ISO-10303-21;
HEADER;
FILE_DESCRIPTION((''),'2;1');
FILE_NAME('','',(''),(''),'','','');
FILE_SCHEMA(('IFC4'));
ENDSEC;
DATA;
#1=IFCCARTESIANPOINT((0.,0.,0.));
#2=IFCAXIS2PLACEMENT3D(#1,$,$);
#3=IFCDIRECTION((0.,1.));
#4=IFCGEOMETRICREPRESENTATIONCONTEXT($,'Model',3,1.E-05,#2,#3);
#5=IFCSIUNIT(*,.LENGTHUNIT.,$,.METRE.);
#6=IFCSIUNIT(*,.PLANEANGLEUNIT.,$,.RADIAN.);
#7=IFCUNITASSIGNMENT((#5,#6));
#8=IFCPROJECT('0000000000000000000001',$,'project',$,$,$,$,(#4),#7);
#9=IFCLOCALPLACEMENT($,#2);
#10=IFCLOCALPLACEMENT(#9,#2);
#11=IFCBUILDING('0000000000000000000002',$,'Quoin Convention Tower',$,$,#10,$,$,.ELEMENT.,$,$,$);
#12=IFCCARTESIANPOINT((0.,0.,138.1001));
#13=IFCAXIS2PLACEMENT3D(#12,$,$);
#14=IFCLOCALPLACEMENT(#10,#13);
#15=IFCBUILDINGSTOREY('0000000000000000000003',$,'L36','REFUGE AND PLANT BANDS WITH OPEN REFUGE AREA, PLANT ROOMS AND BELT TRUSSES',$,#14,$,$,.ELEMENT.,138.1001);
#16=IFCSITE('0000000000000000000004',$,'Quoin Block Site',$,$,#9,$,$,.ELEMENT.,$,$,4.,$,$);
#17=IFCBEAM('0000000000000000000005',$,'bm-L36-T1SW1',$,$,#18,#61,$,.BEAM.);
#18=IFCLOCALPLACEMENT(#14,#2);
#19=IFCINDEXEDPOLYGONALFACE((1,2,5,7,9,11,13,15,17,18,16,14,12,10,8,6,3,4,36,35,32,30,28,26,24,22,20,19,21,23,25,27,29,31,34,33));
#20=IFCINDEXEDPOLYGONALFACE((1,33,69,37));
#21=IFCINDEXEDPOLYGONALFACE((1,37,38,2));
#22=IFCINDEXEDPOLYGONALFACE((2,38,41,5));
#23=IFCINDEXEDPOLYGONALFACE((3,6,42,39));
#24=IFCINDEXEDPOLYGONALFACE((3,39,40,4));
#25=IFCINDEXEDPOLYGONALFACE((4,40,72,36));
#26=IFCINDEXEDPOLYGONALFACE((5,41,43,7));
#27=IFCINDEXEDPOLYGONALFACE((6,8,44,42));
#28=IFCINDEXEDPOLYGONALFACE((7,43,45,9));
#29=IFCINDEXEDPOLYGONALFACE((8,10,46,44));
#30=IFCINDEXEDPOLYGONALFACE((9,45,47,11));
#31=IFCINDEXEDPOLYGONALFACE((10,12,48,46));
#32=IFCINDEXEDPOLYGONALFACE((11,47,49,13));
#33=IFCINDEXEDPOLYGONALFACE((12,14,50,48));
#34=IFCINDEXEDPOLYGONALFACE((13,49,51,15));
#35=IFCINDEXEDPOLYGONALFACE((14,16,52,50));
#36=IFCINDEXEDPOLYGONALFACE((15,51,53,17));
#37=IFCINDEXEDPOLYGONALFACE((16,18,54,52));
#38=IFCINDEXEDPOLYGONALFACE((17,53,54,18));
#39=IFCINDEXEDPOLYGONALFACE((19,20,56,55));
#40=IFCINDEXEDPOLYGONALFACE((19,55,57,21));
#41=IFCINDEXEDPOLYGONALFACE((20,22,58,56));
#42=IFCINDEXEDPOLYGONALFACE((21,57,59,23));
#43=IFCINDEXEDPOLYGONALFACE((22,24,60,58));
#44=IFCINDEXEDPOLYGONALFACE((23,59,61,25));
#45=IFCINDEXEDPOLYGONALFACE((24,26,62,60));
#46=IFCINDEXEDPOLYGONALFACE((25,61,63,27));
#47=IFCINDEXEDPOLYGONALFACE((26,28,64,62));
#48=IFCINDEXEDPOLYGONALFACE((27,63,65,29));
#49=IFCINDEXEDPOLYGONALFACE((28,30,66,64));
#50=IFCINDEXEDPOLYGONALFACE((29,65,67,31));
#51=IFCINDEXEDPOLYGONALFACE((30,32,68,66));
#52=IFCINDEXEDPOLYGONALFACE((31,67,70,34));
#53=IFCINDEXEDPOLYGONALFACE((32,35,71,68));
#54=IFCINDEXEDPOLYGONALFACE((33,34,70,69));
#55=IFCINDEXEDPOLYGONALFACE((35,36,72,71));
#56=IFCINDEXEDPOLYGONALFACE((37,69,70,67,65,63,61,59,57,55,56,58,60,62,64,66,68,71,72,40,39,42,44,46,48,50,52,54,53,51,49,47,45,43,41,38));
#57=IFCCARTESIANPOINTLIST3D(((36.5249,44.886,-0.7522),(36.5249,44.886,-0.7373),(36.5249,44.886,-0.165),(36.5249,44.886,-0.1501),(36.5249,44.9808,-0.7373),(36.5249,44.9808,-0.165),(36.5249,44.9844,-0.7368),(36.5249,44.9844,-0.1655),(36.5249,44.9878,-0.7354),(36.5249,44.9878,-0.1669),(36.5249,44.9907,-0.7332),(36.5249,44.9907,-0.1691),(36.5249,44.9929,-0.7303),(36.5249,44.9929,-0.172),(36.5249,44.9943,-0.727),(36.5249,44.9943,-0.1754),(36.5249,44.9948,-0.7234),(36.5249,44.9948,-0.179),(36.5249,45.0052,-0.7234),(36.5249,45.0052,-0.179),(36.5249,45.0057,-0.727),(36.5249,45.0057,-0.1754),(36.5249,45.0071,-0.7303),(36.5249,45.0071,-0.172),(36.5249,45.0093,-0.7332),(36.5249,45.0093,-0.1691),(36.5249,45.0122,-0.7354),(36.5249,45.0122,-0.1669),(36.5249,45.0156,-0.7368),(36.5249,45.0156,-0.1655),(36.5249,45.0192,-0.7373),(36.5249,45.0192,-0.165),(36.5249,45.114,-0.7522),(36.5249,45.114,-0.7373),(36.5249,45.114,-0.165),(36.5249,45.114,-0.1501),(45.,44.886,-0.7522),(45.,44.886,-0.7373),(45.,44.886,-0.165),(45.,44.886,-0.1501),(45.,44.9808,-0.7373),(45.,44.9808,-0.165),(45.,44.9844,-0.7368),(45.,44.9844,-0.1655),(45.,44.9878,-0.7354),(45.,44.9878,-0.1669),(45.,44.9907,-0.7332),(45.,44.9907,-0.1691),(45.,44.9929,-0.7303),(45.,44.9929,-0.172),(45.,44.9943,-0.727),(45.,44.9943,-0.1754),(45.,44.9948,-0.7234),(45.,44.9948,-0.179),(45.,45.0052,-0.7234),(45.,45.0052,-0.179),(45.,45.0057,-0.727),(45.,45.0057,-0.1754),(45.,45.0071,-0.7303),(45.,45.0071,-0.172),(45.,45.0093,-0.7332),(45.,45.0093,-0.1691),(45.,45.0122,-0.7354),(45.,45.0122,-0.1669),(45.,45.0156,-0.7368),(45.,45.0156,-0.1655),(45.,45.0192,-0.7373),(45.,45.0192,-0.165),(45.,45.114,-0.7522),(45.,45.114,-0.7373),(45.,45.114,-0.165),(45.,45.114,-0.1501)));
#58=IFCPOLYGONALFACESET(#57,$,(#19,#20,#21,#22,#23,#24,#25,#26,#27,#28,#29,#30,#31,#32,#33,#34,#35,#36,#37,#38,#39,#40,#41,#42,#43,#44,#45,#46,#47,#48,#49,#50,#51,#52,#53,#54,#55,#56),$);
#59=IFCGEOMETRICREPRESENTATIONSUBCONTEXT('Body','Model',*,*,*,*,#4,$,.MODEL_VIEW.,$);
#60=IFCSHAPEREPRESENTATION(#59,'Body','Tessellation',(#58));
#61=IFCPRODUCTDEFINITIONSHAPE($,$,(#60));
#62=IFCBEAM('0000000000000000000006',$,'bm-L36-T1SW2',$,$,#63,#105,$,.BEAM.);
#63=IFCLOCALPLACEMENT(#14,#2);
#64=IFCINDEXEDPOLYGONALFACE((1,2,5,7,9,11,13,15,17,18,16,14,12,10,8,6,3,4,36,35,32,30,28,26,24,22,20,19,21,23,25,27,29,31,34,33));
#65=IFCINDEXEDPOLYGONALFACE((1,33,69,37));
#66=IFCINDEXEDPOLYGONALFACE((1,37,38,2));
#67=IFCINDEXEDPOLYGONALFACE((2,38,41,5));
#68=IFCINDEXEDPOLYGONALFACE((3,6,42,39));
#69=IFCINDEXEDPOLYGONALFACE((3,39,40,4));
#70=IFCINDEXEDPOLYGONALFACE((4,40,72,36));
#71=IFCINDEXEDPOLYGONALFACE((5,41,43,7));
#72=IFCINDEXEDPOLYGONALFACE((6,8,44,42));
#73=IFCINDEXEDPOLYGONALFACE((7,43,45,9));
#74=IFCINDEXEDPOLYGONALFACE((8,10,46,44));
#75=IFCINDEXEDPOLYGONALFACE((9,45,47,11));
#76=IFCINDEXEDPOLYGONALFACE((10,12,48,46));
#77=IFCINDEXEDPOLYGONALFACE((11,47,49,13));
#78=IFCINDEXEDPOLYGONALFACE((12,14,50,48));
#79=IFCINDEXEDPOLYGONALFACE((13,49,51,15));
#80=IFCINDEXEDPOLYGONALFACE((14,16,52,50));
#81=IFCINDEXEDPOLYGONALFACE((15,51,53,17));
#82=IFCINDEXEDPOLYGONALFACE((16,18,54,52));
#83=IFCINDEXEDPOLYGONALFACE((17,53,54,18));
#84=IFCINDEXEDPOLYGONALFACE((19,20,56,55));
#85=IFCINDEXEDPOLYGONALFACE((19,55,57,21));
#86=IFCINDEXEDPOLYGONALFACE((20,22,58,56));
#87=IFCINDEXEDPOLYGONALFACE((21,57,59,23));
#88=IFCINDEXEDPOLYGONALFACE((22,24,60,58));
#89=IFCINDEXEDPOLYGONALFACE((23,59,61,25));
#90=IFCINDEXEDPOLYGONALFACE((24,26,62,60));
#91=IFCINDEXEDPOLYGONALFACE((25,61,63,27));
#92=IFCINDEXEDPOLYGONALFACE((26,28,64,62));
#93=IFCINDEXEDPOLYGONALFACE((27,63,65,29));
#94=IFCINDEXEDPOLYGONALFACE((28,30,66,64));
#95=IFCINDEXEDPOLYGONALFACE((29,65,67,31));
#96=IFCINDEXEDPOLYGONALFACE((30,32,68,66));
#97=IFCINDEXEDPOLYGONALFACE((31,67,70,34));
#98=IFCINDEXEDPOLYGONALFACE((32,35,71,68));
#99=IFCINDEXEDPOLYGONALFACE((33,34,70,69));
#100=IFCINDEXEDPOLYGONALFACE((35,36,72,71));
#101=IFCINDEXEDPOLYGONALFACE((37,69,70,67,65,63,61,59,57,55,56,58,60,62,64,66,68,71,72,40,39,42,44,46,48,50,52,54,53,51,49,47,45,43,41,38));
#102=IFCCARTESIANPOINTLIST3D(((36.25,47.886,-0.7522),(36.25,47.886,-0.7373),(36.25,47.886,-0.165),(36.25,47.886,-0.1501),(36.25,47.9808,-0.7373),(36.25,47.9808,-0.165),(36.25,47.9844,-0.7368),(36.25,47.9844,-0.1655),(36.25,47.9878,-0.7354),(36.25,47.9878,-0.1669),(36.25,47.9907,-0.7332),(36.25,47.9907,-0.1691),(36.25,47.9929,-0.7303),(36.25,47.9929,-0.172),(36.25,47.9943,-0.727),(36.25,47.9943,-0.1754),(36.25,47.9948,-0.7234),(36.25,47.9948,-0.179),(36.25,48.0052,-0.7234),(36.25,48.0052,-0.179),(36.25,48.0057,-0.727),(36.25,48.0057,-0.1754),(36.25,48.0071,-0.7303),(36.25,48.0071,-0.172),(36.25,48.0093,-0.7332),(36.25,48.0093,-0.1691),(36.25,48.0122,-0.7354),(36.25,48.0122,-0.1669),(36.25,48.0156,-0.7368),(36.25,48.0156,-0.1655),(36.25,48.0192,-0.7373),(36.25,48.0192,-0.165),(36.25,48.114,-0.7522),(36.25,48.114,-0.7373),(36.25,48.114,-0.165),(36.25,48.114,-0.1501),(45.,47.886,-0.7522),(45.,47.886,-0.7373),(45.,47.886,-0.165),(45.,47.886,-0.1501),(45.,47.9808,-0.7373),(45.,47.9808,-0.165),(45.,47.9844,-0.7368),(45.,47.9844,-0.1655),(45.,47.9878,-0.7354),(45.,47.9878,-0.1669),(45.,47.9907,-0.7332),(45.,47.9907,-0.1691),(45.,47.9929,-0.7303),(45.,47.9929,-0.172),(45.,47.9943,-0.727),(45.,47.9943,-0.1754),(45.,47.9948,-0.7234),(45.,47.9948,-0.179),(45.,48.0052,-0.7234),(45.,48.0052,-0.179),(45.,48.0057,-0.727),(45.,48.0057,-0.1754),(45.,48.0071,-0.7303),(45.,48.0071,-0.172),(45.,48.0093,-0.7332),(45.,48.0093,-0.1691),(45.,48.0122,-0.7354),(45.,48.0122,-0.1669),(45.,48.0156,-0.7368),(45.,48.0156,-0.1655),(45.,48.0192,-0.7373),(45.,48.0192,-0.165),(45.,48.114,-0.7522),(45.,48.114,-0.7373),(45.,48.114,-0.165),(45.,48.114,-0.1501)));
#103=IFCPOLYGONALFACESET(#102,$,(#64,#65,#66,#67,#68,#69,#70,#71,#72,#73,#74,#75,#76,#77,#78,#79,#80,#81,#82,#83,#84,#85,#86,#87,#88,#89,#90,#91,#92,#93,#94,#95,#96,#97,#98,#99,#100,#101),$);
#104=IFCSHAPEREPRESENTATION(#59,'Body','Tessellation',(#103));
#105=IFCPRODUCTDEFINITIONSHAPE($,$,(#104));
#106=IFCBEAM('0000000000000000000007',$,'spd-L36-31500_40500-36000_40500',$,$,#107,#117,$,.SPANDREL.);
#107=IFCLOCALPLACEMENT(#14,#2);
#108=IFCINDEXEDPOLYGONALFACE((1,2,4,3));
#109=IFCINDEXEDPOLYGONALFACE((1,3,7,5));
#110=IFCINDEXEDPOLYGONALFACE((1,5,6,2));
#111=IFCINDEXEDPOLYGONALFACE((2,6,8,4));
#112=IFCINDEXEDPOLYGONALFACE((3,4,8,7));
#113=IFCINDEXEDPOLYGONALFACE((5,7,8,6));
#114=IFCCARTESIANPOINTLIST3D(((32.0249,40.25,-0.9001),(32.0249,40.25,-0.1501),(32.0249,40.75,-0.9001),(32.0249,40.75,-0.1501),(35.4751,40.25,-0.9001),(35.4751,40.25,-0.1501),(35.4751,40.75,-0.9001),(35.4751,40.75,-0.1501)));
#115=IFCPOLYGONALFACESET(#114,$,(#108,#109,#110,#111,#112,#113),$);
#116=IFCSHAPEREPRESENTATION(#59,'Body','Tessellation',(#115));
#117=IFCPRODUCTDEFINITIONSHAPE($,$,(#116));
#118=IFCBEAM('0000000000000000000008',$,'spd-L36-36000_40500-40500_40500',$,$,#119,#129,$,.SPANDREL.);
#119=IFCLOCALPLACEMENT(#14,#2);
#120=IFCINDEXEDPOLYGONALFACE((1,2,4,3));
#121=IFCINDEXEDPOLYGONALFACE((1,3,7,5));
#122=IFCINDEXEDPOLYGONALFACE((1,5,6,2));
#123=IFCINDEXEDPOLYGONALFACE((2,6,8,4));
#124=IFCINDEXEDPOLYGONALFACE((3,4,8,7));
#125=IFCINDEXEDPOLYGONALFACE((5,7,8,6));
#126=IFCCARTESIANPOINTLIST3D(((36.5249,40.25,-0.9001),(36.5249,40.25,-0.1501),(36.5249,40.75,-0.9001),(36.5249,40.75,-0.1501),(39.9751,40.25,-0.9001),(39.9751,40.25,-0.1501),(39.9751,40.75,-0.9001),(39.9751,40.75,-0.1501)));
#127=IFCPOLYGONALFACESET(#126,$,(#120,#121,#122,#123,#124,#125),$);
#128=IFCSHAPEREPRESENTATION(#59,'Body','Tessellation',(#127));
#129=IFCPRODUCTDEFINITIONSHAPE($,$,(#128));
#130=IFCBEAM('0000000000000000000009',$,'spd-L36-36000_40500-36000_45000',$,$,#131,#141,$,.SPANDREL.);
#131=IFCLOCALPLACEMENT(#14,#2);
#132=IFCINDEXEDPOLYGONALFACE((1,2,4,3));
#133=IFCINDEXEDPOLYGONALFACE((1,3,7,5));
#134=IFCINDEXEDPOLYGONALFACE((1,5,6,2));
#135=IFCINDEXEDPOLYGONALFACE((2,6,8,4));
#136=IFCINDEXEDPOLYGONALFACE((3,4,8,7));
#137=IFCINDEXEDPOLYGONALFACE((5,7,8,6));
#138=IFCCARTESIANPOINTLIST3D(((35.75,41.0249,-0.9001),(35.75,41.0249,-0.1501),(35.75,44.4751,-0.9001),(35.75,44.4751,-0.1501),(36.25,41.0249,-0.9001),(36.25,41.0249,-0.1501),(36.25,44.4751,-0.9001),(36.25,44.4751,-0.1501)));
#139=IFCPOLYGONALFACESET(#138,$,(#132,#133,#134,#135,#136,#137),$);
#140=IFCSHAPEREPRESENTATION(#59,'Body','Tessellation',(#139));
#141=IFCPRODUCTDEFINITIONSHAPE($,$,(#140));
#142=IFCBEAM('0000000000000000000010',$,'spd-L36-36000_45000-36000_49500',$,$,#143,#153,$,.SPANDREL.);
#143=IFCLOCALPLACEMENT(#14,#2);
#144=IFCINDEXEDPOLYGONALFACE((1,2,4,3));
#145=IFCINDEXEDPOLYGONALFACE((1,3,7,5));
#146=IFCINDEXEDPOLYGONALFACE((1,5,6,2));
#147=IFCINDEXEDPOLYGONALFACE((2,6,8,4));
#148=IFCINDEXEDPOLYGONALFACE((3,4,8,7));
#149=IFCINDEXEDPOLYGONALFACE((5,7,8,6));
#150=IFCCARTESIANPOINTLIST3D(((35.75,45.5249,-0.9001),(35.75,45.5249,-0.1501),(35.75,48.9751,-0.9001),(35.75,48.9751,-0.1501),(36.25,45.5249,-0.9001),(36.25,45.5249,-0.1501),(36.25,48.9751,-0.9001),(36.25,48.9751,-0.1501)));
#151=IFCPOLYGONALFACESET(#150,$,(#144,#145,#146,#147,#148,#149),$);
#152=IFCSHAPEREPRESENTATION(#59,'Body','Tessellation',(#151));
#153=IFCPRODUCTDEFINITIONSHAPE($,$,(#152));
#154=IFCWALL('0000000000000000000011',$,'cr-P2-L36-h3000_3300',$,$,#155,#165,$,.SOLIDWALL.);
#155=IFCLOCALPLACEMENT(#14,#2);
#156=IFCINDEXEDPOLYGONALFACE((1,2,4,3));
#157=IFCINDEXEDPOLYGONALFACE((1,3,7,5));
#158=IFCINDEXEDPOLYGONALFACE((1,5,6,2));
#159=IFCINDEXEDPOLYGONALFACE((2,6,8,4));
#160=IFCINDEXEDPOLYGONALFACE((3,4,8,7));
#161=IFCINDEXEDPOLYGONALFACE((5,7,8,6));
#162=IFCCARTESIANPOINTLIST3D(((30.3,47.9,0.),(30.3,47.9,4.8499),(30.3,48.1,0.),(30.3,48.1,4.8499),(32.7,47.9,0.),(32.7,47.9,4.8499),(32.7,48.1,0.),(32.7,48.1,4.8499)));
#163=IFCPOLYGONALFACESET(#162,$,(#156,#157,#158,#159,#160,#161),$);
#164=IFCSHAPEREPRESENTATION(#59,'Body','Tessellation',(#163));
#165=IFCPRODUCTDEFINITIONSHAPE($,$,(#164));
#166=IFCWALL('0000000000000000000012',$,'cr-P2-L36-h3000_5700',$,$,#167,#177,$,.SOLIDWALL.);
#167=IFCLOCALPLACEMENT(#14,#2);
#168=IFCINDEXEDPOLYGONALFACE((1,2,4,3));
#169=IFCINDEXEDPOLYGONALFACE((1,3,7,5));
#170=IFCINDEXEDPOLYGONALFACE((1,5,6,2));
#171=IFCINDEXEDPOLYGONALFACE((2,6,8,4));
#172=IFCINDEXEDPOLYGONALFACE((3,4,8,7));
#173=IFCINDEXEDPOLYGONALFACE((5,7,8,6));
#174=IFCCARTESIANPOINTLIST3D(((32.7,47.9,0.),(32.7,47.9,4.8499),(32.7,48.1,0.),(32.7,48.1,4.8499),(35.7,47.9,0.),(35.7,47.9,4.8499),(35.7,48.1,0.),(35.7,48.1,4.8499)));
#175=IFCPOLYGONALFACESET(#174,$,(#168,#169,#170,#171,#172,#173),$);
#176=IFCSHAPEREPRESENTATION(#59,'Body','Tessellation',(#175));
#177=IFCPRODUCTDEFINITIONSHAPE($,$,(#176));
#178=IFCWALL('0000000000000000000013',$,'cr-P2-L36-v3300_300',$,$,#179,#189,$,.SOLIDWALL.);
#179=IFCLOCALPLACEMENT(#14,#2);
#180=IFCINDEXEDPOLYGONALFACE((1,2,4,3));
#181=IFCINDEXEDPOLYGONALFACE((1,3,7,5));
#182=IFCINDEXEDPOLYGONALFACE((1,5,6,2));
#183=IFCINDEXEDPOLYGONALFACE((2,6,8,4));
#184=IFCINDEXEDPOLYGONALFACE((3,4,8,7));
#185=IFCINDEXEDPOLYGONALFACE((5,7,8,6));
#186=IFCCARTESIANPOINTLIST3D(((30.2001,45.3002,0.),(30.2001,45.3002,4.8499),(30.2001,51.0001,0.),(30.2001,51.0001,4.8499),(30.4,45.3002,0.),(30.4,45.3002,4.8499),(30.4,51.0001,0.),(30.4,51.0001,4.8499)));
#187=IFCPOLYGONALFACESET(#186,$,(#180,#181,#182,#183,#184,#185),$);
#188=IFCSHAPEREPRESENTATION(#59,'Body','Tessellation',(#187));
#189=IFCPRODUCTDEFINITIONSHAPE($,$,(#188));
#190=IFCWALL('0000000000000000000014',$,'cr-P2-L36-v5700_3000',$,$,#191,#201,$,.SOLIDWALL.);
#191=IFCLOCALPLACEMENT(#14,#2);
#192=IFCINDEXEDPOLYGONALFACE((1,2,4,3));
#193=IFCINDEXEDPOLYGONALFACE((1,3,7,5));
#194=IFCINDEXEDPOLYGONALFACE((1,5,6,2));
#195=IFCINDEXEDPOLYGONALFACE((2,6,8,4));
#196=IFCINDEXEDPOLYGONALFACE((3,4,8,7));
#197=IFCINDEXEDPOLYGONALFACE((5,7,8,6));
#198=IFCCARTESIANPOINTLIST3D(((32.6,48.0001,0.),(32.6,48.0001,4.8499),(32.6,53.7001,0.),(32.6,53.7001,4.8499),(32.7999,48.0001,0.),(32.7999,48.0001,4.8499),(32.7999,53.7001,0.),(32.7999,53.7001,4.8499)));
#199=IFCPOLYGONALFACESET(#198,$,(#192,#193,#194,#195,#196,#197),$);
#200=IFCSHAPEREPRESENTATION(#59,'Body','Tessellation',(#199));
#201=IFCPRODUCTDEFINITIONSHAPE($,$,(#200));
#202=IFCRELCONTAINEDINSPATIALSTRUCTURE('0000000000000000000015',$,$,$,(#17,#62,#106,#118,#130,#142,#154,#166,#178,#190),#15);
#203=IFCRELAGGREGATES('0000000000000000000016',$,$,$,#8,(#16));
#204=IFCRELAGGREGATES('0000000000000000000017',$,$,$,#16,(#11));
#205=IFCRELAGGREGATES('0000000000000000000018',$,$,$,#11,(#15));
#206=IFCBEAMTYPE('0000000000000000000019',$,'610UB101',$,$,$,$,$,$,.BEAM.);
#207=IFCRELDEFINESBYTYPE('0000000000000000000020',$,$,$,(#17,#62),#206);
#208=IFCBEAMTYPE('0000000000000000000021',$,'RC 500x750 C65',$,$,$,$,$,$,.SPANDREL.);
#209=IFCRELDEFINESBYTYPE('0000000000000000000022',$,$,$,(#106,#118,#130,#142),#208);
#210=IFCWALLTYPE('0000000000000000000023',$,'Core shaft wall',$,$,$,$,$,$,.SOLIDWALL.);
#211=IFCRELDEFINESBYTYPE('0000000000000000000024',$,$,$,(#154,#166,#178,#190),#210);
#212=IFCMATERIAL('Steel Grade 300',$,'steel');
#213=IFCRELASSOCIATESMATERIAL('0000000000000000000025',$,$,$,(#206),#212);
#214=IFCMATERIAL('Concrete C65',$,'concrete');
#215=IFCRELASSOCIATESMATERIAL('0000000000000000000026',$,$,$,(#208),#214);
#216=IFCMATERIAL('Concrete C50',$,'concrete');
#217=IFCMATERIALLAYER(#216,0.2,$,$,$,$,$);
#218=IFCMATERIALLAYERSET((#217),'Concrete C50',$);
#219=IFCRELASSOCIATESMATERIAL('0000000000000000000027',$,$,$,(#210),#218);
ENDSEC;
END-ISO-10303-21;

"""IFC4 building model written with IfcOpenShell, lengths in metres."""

from ifc_helpers import new_model, si_unit, direction, frame, frame_2d, origin, origin_2d, place, context, subcontext, project, spatial, rectangle, i_section, extrude, material, layer, layer_set, material_profile, profile_set, type_object, element, save


model = new_model("IFC4")

# Units and contexts
model_context = context("Model", 3, precision=1e-05, world=origin(), true_north=direction((0.0, 1.0)))
body_context = subcontext(model_context, "Body", "Model", "MODEL_VIEW")
ifc_project = project(units=[si_unit("LENGTHUNIT", "METRE"), si_unit("PLANEANGLEUNIT", "RADIAN")], contexts=[model_context])

# Site, building, storey
site_placement = place(None, origin())
site = spatial("IfcSite", under=ifc_project, at=site_placement, Name="Quoin Block Site", CompositionType="ELEMENT", RefElevation=4.0)
building_placement = place(site_placement, origin())
building = spatial("IfcBuilding", under=site, at=building_placement, Name="Quoin Convention Tower", CompositionType="ELEMENT")
storey_placement = place(building_placement, frame((0.0, 0.0, 138.1001)))
storey = spatial("IfcBuildingStorey", under=building, at=storey_placement, Name="L36", Description="REFUGE AND PLANT BANDS WITH OPEN REFUGE AREA, PLANT ROOMS AND BELT TRUSSES", CompositionType="ELEMENT", Elevation=138.1001)

# Shared definitions
ifc_material_1 = material(Name="Concrete C65", Category="concrete")

# Shared definitions
ifc_material_2 = material(Name="Steel Grade 300", Category="steel")

# Beams
ifc_material_profile_1 = material_profile(ifc_material_2, i_section(OverallWidth=0.228, OverallDepth=0.6021, WebThickness=0.0105, FlangeThickness=0.0149, FilletRadius=0.0139, at=origin_2d()), Name="610UB101")
ifc_profile_set_1 = profile_set([ifc_material_profile_1], Name="Steel Grade 300")
beam_type_1 = type_object("IfcBeamType", Name="610UB101", PredefinedType="BEAM", material=ifc_profile_set_1)
beam_1_placement = place(storey_placement, frame((36.5249, 45.0, -0.4512), z_axis=(1.0, 0.0, 0.0), x_axis=(0.0, 1.0, 0.0)))
element("IfcBeam", 1, at=beam_1_placement, inside=storey, type_object=beam_type_1, Name="bm-L36-T1SW1", PredefinedType="BEAM", context=body_context, shape_type="SweptSolid", body=[
    extrude(i_section(OverallWidth=0.228, OverallDepth=0.6021, WebThickness=0.0105, FlangeThickness=0.0149, FilletRadius=0.0139, at=origin_2d()), origin(), (0.0, 0.0, 1.0), 8.4751),
])
beam_2_placement = place(storey_placement, frame((36.25, 48.0, -0.4512), z_axis=(1.0, 0.0, 0.0), x_axis=(0.0, 1.0, 0.0)))
element("IfcBeam", 2, at=beam_2_placement, inside=storey, type_object=beam_type_1, Name="bm-L36-T1SW2", PredefinedType="BEAM", context=body_context, shape_type="SweptSolid", body=[
    extrude(i_section(OverallWidth=0.228, OverallDepth=0.6021, WebThickness=0.0105, FlangeThickness=0.0149, FilletRadius=0.0139, at=origin_2d()), origin(), (0.0, 0.0, 1.0), 8.75),
])
ifc_material_profile_2 = material_profile(ifc_material_1, rectangle(XDim=0.5, YDim=0.75, at=origin_2d()), Name="RC 500x750")
ifc_profile_set_2 = profile_set([ifc_material_profile_2], Name="Concrete C65")
beam_type_2 = type_object("IfcBeamType", Name="RC 500x750 C65", PredefinedType="SPANDREL", material=ifc_profile_set_2)
for number, where, z_axis, x_axis, name in (
    (3, (32.0249, 40.5, -0.5251), (1.0, 0.0, 0.0), (0.0, 1.0, 0.0), "spd-L36-31500_40500-36000_40500"),
    (4, (36.5249, 40.5, -0.5251), (1.0, 0.0, 0.0), (0.0, 1.0, 0.0), "spd-L36-36000_40500-40500_40500"),
    (5, (36.0, 41.0249, -0.5251), (0.0, 1.0, 0.0), (-1.0, 0.0, 0.0), "spd-L36-36000_40500-36000_45000"),
    (6, (36.0, 45.5249, -0.5251), (0.0, 1.0, 0.0), (-1.0, 0.0, 0.0), "spd-L36-36000_45000-36000_49500"),
):
    element("IfcBeam", number, at=place(storey_placement, frame(where, z_axis=z_axis, x_axis=x_axis)), inside=storey, type_object=beam_type_2, Name=name, PredefinedType="SPANDREL", context=body_context, shape_type="SweptSolid", body=[
        extrude(rectangle(XDim=0.5, YDim=0.75, at=origin_2d()), origin(), (0.0, 0.0, 1.0), 3.4502),
    ])

# Walls
ifc_material_3 = material(Name="Concrete C50", Category="concrete")
ifc_layer_1 = layer(ifc_material_3, 0.2)
ifc_layer_set_1 = layer_set([ifc_layer_1], Name="Concrete C50")
wall_type_1 = type_object("IfcWallType", Name="Core shaft wall", PredefinedType="SOLIDWALL", material=ifc_layer_set_1)
wall_1_placement = place(storey_placement, frame((30.3, 48.0, 0.0), z_axis=(0.0, 0.0, 1.0), x_axis=(1.0, 0.0, 0.0)))
element("IfcWall", 7, at=wall_1_placement, inside=storey, type_object=wall_type_1, Name="cr-P2-L36-h3000_3300", PredefinedType="SOLIDWALL", context=body_context, shape_type="SweptSolid", body=[
    extrude(rectangle(XDim=2.3999, YDim=0.2, at=frame_2d((1.2, 0.0))), origin(), (0.0, 0.0, 1.0), 4.8499),
])
wall_2_placement = place(storey_placement, frame((32.7, 48.0, 0.0), z_axis=(0.0, 0.0, 1.0), x_axis=(1.0, 0.0, 0.0)))
element("IfcWall", 8, at=wall_2_placement, inside=storey, type_object=wall_type_1, Name="cr-P2-L36-h3000_5700", PredefinedType="SOLIDWALL", context=body_context, shape_type="SweptSolid", body=[
    extrude(rectangle(XDim=3.0, YDim=0.2, at=frame_2d((1.5, 0.0))), origin(), (0.0, 0.0, 1.0), 4.8499),
])
for number, where, z_axis, x_axis, name in (
    (9, (30.3, 45.3, 0.0), (0.0, 0.0, 1.0), (0.0, 1.0, 0.0), "cr-P2-L36-v3300_300"),
    (10, (32.7, 48.0, 0.0), (0.0, 0.0, 1.0), (0.0, 1.0, 0.0), "cr-P2-L36-v5700_3000"),
):
    element("IfcWall", number, at=place(storey_placement, frame(where, z_axis=z_axis, x_axis=x_axis)), inside=storey, type_object=wall_type_1, Name=name, PredefinedType="SOLIDWALL", context=body_context, shape_type="SweptSolid", body=[
        extrude(rectangle(XDim=5.7, YDim=0.2, at=frame_2d((2.8501, 0.0))), origin(), (0.0, 0.0, 1.0), 4.8499),
    ])

save(model, "model.ifc")
